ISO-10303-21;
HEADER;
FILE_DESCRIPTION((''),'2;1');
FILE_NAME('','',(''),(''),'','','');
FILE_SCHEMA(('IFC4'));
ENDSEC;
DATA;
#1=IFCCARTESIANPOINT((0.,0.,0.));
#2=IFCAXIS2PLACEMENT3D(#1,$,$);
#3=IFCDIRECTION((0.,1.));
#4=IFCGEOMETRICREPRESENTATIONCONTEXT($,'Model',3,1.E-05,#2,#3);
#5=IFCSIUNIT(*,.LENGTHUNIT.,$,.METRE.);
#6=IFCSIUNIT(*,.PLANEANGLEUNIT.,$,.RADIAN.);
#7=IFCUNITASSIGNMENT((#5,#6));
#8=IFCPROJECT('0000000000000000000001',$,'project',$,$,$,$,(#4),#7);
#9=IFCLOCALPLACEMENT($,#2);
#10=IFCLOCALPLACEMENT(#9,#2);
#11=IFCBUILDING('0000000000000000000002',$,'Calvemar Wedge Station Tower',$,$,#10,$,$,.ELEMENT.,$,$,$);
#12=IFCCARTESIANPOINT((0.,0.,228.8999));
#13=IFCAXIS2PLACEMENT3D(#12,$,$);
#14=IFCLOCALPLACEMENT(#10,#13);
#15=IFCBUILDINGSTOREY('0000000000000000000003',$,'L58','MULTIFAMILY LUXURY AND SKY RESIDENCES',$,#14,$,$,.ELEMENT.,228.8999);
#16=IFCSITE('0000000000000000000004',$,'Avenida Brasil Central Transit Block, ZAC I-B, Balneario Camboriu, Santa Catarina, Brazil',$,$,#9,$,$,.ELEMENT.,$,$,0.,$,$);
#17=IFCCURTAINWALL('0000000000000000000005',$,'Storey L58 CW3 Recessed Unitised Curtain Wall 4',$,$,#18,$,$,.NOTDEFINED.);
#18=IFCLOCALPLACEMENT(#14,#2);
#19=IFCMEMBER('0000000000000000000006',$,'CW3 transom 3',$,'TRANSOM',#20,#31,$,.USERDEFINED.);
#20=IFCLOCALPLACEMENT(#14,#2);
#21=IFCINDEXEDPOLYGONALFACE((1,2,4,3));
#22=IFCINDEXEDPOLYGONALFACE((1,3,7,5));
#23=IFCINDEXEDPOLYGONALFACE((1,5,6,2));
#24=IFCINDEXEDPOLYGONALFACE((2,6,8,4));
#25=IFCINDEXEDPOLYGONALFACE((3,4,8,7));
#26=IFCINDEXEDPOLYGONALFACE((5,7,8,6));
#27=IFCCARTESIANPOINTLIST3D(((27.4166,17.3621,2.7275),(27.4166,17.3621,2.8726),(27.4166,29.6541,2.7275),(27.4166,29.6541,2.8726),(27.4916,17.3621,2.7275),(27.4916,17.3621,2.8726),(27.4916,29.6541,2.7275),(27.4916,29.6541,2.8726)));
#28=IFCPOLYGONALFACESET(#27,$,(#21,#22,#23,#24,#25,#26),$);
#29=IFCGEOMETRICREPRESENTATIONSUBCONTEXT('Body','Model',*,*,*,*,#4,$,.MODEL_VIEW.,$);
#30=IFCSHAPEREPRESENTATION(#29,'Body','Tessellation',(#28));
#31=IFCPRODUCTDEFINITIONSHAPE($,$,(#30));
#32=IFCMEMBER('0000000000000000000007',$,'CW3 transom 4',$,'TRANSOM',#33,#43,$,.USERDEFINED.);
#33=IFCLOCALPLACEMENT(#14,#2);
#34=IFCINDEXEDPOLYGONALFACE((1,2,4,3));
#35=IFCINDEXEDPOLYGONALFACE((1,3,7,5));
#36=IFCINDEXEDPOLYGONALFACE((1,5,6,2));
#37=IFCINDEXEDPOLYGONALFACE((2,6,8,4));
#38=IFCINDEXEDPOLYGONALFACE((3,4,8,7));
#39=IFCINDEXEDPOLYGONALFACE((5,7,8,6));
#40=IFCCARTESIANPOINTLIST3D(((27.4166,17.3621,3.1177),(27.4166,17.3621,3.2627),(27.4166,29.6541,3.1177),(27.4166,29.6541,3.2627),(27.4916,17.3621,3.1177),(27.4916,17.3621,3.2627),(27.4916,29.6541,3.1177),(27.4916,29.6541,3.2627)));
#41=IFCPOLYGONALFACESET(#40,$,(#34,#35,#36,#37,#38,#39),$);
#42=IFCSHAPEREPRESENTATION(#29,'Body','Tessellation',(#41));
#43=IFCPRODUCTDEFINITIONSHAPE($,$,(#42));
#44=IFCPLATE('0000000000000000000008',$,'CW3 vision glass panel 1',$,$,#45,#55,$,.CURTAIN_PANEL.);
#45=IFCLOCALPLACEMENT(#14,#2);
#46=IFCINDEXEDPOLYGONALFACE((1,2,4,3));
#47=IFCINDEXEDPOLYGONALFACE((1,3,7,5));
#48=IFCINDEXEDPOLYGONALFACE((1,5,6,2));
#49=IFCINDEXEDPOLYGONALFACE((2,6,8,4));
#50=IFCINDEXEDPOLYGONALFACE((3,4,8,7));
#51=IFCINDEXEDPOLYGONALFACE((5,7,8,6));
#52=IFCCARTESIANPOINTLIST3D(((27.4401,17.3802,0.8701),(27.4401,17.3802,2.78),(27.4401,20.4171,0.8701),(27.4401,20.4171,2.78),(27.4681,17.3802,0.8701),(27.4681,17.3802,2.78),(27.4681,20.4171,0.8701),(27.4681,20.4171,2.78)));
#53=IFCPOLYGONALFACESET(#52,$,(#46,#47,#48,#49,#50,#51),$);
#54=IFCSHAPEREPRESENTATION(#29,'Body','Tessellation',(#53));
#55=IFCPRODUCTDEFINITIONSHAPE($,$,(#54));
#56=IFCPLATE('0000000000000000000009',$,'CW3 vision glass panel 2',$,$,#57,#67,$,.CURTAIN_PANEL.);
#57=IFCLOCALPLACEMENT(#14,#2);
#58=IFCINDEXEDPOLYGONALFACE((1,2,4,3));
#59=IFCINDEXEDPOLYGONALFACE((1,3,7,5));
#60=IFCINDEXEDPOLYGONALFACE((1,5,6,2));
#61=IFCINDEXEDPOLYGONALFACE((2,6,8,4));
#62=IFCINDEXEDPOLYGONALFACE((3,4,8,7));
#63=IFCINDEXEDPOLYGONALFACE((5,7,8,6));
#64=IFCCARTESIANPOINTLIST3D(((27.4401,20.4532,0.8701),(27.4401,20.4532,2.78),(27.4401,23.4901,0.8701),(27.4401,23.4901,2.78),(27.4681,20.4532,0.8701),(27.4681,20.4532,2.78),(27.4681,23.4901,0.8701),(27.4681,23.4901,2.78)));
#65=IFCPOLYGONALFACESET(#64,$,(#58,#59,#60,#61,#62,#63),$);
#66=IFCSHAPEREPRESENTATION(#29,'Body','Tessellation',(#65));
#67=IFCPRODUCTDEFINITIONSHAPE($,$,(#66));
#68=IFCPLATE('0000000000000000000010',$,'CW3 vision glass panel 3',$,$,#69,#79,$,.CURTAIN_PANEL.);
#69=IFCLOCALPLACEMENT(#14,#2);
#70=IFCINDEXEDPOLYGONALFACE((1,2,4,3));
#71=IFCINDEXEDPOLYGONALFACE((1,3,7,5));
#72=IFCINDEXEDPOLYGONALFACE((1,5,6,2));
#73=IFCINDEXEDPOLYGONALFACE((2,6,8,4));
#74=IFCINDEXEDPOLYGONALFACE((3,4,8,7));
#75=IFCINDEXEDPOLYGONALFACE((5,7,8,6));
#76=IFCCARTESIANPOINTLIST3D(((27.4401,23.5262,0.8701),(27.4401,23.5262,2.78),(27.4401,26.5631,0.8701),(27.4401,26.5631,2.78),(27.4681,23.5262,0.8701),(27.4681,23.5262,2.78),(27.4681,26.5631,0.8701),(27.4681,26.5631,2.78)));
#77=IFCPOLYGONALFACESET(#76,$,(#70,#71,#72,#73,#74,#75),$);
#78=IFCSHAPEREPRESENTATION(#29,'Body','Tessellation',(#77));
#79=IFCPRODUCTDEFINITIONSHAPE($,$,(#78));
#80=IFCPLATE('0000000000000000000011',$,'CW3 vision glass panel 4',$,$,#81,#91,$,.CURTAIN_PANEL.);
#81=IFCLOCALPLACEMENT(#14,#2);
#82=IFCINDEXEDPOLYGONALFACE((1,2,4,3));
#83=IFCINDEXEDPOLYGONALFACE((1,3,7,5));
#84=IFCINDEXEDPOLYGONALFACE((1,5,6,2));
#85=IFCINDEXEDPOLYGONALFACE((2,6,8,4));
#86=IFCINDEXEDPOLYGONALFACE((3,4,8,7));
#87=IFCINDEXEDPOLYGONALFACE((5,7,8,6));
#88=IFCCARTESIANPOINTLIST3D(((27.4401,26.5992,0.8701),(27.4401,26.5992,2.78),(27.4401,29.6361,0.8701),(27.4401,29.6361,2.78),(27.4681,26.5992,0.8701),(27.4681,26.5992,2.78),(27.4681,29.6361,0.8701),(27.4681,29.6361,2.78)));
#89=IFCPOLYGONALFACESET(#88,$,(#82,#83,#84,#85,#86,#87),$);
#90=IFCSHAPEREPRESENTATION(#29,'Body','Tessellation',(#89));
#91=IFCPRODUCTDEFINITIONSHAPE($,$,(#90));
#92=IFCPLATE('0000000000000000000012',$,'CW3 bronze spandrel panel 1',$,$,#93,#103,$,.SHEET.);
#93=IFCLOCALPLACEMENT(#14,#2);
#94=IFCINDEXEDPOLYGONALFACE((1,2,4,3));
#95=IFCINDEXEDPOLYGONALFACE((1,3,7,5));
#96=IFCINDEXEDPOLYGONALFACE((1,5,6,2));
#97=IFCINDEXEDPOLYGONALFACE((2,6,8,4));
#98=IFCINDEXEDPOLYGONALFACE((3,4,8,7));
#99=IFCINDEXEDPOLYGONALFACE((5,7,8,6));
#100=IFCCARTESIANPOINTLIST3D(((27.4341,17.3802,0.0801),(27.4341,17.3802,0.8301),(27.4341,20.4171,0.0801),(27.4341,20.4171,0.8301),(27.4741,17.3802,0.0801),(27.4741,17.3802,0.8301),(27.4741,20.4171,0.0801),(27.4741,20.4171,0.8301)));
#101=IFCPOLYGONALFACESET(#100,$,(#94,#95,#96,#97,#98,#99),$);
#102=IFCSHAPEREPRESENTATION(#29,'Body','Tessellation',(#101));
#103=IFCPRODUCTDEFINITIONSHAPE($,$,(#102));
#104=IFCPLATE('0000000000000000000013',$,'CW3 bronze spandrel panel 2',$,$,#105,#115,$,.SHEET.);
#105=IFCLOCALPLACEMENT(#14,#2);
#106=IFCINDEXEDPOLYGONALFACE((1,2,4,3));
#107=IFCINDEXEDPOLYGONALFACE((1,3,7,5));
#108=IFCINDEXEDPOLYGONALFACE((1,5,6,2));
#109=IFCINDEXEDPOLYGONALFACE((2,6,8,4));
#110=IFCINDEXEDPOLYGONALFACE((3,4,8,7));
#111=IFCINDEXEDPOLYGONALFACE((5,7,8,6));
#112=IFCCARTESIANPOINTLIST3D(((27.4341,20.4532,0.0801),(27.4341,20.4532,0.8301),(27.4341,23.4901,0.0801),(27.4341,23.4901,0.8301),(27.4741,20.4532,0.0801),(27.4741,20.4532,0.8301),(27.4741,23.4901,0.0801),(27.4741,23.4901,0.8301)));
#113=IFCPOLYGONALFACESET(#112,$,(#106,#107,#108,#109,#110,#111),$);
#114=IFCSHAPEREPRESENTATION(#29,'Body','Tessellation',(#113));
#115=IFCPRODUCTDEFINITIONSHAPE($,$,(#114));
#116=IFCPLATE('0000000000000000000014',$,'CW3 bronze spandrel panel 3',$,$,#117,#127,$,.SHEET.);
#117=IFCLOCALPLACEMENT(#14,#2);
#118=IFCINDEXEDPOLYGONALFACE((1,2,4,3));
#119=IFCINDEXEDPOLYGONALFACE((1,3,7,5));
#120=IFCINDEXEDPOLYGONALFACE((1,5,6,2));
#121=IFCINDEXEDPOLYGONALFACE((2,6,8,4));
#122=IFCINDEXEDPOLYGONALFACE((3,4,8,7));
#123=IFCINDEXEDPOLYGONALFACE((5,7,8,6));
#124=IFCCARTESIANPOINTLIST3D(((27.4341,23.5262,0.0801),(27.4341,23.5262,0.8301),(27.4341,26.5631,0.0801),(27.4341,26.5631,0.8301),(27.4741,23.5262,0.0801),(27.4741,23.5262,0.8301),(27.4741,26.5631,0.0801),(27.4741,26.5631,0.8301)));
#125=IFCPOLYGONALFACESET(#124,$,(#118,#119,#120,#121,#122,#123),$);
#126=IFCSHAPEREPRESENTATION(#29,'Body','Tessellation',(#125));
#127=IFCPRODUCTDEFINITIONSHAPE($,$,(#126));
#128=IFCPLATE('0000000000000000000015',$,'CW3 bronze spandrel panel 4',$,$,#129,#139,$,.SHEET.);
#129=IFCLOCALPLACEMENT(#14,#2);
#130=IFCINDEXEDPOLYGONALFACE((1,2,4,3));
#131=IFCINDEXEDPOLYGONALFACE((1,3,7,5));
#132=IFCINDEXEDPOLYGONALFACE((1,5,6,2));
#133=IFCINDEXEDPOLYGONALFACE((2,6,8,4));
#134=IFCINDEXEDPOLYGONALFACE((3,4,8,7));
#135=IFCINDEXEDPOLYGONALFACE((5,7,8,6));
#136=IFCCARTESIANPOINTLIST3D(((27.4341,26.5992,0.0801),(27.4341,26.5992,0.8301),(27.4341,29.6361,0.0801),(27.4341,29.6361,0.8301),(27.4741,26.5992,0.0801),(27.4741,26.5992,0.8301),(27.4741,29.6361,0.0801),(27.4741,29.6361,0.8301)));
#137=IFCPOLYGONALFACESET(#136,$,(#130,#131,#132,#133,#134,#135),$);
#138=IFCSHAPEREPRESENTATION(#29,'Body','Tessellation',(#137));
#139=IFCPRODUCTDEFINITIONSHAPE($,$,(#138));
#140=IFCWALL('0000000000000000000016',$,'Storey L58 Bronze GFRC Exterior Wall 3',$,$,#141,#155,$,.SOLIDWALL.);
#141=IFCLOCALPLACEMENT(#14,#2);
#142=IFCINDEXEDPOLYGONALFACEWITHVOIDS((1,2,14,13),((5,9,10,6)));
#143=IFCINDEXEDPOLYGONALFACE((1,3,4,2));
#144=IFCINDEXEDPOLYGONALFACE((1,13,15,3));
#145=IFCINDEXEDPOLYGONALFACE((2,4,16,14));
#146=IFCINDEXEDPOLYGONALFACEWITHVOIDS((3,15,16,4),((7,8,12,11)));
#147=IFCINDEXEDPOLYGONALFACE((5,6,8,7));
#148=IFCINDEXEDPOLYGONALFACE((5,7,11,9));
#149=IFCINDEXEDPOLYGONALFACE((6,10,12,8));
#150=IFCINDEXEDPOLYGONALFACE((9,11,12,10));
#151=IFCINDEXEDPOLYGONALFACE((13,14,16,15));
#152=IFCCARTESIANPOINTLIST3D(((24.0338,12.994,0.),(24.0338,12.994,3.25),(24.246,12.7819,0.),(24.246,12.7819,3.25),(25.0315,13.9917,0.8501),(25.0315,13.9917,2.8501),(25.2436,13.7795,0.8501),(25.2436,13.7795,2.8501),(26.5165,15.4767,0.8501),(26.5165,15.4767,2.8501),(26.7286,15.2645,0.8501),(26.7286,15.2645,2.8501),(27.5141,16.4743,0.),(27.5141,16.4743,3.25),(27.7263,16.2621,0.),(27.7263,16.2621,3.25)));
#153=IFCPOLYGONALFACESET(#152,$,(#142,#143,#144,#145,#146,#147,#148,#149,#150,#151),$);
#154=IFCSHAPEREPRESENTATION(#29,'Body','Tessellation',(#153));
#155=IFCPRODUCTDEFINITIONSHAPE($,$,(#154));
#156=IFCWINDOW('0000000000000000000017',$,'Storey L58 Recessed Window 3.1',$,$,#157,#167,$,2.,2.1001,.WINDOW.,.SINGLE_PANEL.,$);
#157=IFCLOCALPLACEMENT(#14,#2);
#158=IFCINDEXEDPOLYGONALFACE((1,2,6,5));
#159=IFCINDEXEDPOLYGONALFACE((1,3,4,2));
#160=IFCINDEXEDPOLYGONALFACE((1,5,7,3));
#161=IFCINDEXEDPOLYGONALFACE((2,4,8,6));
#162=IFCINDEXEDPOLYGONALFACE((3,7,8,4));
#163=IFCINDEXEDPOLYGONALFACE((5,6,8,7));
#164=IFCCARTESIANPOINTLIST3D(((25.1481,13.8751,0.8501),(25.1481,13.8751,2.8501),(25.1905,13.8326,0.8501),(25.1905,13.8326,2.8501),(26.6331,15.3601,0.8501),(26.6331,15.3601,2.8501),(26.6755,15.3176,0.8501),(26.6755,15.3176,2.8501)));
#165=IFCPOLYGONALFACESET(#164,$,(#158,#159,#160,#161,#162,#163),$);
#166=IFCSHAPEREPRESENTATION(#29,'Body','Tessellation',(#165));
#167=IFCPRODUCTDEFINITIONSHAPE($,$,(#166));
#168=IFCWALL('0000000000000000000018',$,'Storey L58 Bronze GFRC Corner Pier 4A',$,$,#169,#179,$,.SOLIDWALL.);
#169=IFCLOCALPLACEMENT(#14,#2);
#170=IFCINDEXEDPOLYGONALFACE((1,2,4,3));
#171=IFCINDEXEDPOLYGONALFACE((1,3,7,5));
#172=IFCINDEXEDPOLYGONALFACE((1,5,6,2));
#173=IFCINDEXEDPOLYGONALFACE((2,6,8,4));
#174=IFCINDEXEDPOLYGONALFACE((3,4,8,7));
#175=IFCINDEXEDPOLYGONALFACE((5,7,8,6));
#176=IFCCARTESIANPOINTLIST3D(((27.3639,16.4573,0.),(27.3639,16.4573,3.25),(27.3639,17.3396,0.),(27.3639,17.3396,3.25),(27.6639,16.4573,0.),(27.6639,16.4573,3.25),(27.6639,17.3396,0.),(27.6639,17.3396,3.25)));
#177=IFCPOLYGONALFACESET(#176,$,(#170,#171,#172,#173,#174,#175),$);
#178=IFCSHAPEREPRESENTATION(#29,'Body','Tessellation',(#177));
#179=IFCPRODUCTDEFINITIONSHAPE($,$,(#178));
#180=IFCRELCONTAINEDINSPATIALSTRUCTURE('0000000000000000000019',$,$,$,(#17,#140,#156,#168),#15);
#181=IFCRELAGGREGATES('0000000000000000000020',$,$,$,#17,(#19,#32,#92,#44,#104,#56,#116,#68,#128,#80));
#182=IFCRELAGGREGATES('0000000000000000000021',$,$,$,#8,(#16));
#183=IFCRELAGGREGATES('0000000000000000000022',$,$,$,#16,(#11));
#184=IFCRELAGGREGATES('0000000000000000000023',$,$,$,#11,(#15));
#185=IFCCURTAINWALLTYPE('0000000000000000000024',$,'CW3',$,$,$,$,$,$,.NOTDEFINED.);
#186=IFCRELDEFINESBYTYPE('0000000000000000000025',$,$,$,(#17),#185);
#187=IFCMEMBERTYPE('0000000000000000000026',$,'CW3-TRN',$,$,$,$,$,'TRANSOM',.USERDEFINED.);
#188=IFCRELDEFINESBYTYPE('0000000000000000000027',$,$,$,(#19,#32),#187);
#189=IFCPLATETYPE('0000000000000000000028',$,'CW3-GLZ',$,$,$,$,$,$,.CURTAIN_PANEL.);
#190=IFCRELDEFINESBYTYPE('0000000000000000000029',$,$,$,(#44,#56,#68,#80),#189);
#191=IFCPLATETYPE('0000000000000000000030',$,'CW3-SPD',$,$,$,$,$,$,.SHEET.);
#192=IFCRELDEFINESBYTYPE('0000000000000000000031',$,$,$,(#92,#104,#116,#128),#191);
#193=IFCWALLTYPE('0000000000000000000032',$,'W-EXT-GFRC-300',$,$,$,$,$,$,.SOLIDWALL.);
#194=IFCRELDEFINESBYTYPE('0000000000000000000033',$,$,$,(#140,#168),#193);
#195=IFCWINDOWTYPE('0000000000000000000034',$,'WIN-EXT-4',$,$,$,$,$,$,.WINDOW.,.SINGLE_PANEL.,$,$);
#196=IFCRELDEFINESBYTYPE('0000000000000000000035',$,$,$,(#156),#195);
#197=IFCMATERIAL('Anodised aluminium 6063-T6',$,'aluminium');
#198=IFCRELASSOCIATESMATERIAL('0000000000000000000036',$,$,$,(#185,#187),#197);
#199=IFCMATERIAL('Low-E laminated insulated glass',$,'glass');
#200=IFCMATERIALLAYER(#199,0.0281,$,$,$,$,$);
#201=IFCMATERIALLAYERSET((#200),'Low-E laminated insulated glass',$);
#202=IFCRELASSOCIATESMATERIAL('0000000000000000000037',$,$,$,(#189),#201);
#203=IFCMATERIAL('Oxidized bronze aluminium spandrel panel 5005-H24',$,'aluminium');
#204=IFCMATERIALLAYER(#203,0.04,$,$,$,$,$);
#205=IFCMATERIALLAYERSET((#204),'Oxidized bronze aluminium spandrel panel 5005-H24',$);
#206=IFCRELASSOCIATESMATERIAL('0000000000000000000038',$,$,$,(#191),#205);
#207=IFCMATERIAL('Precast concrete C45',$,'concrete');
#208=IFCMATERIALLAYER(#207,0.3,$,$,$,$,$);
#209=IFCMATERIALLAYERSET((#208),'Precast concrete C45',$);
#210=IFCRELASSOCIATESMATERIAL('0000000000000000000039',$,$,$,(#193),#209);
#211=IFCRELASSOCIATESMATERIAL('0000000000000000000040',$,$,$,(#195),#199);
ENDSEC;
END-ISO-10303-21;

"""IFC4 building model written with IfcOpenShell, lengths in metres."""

from ifc_helpers import new_model, si_unit, direction, frame, frame_2d, origin, origin_2d, place, context, subcontext, project, spatial, rectangle, extrude, source, transform, mapped, material, layer, layer_set, material_profile, profile_set, type_object, element, fill, aggregate, save


model = new_model("IFC4")

# Units and contexts
model_context = context("Model", 3, precision=1e-05, world=origin(), true_north=direction((0.0, 1.0)))
body_context = subcontext(model_context, "Body", "Model", "MODEL_VIEW")
ifc_project = project(units=[si_unit("LENGTHUNIT", "METRE"), si_unit("PLANEANGLEUNIT", "RADIAN")], contexts=[model_context])

# Site, building, storey
site_placement = place(None, origin())
site = spatial("IfcSite", under=ifc_project, at=site_placement, Name="Avenida Brasil Central Transit Block, ZAC I-B, Balneario Camboriu, Santa Catarina, Brazil", CompositionType="ELEMENT", RefElevation=0.0)
building_placement = place(site_placement, origin())
building = spatial("IfcBuilding", under=site, at=building_placement, Name="Calvemar Wedge Station Tower", CompositionType="ELEMENT")
storey_placement = place(building_placement, frame((0.0, 0.0, 228.8999)))
storey = spatial("IfcBuildingStorey", under=building, at=storey_placement, Name="L58", Description="MULTIFAMILY LUXURY AND SKY RESIDENCES", CompositionType="ELEMENT", Elevation=228.8999)

# Curtain wall, members, plates
ifc_material_1 = material(Name="Anodised aluminium 6063-T6", Category="aluminium")
curtain_wall_type = type_object("IfcCurtainWallType", Name="CW3", PredefinedType="NOTDEFINED", material=ifc_material_1)
curtain_wall_placement = place(storey_placement, origin())
curtain_wall = element("IfcCurtainWall", 1, at=curtain_wall_placement, inside=storey, type_object=curtain_wall_type, Name="Storey L58 CW3 Recessed Unitised Curtain Wall 4", PredefinedType="NOTDEFINED")
ifc_material_profile_1 = material_profile(ifc_material_1, rectangle(XDim=0.075, YDim=0.145, at=origin_2d()), Name="AL-TRN-75x145")
ifc_profile_set_1 = profile_set([ifc_material_profile_1], Name="Anodised aluminium 6063-T6")
member_type_1 = type_object("IfcMemberType", Name="CW3-TRN", ElementType="TRANSOM", PredefinedType="USERDEFINED", material=ifc_profile_set_1)
shared_shape_1 = source(origin(), body_context, "Body", "SweptSolid", [
    extrude(rectangle(XDim=0.075, YDim=0.145, at=origin_2d()), origin(), (0.0, 0.0, 1.0), 12.292),
])
member_1_placement = place(storey_placement, frame((27.4541, 17.3621, 2.8), z_axis=(0.0, 1.0, 0.0), x_axis=(-1.0, 0.0, 0.0)))
member_1 = element("IfcMember", 2, at=member_1_placement, type_object=member_type_1, Name="CW3 transom 3", ObjectType="TRANSOM", PredefinedType="USERDEFINED", context=body_context, shape_type="MappedRepresentation", body=[
    mapped(shared_shape_1, transform((0.0, 0.0, 0.0), scale=1.0)),
])
member_2_placement = place(storey_placement, frame((27.4541, 17.3621, 3.1902), z_axis=(0.0, 1.0, 0.0), x_axis=(-1.0, 0.0, 0.0)))
member_2 = element("IfcMember", 3, at=member_2_placement, type_object=member_type_1, Name="CW3 transom 4", ObjectType="TRANSOM", PredefinedType="USERDEFINED", context=body_context, shape_type="MappedRepresentation", body=[
    mapped(shared_shape_1, transform((0.0, 0.0, 0.0), scale=1.0)),
])
ifc_material_2 = material(Name="Low-E laminated insulated glass", Category="glass")
ifc_layer_1 = layer(ifc_material_2, 0.0281)
ifc_layer_set_1 = layer_set([ifc_layer_1], Name="Low-E laminated insulated glass")
plate_type_1 = type_object("IfcPlateType", Name="CW3-GLZ", PredefinedType="CURTAIN_PANEL", material=ifc_layer_set_1)
plate_1_placement = place(storey_placement, frame((27.4541, 17.3801, 0.8701), z_axis=(0.0, 0.0, 1.0), x_axis=(0.0, 1.0, 0.0)))
plate_1 = element("IfcPlate", 4, at=plate_1_placement, type_object=plate_type_1, Name="CW3 vision glass panel 1", PredefinedType="CURTAIN_PANEL", context=body_context, shape_type="SweptSolid", body=[
    extrude(rectangle(XDim=3.0369, YDim=0.0281, at=frame_2d((1.5186, 0.0))), origin(), (0.0, 0.0, 1.0), 1.9099),
])
plate_2_placement = place(storey_placement, frame((27.4541, 20.4531, 0.8701), z_axis=(0.0, 0.0, 1.0), x_axis=(0.0, 1.0, 0.0)))
plate_2 = element("IfcPlate", 5, at=plate_2_placement, type_object=plate_type_1, Name="CW3 vision glass panel 2", PredefinedType="CURTAIN_PANEL", context=body_context, shape_type="SweptSolid", body=[
    extrude(rectangle(XDim=3.0369, YDim=0.0281, at=frame_2d((1.5186, 0.0))), origin(), (0.0, 0.0, 1.0), 1.9099),
])
plate_3_placement = place(storey_placement, frame((27.4541, 23.5261, 0.8701), z_axis=(0.0, 0.0, 1.0), x_axis=(0.0, 1.0, 0.0)))
plate_3 = element("IfcPlate", 6, at=plate_3_placement, type_object=plate_type_1, Name="CW3 vision glass panel 3", PredefinedType="CURTAIN_PANEL", context=body_context, shape_type="SweptSolid", body=[
    extrude(rectangle(XDim=3.0369, YDim=0.0281, at=frame_2d((1.5186, 0.0))), origin(), (0.0, 0.0, 1.0), 1.9099),
])
plate_4_placement = place(storey_placement, frame((27.4541, 26.5991, 0.8701), z_axis=(0.0, 0.0, 1.0), x_axis=(0.0, 1.0, 0.0)))
plate_4 = element("IfcPlate", 7, at=plate_4_placement, type_object=plate_type_1, Name="CW3 vision glass panel 4", PredefinedType="CURTAIN_PANEL", context=body_context, shape_type="SweptSolid", body=[
    extrude(rectangle(XDim=3.0369, YDim=0.0281, at=frame_2d((1.5186, 0.0))), origin(), (0.0, 0.0, 1.0), 1.9099),
])
ifc_material_3 = material(Name="Oxidized bronze aluminium spandrel panel 5005-H24", Category="aluminium")
ifc_layer_2 = layer(ifc_material_3, 0.04)
ifc_layer_set_2 = layer_set([ifc_layer_2], Name="Oxidized bronze aluminium spandrel panel 5005-H24")
plate_type_2 = type_object("IfcPlateType", Name="CW3-SPD", PredefinedType="SHEET", material=ifc_layer_set_2)
plate_5_placement = place(storey_placement, frame((27.4541, 17.3801, 0.0801), z_axis=(0.0, 0.0, 1.0), x_axis=(0.0, 1.0, 0.0)))
plate_5 = element("IfcPlate", 8, at=plate_5_placement, type_object=plate_type_2, Name="CW3 bronze spandrel panel 1", PredefinedType="SHEET", context=body_context, shape_type="SweptSolid", body=[
    extrude(rectangle(XDim=3.0369, YDim=0.04, at=frame_2d((1.5186, 0.0))), origin(), (0.0, 0.0, 1.0), 0.75),
])
plate_6_placement = place(storey_placement, frame((27.4541, 20.4531, 0.0801), z_axis=(0.0, 0.0, 1.0), x_axis=(0.0, 1.0, 0.0)))
plate_6 = element("IfcPlate", 9, at=plate_6_placement, type_object=plate_type_2, Name="CW3 bronze spandrel panel 2", PredefinedType="SHEET", context=body_context, shape_type="SweptSolid", body=[
    extrude(rectangle(XDim=3.0369, YDim=0.04, at=frame_2d((1.5186, 0.0))), origin(), (0.0, 0.0, 1.0), 0.75),
])
plate_7_placement = place(storey_placement, frame((27.4541, 23.5261, 0.0801), z_axis=(0.0, 0.0, 1.0), x_axis=(0.0, 1.0, 0.0)))
plate_7 = element("IfcPlate", 10, at=plate_7_placement, type_object=plate_type_2, Name="CW3 bronze spandrel panel 3", PredefinedType="SHEET", context=body_context, shape_type="SweptSolid", body=[
    extrude(rectangle(XDim=3.0369, YDim=0.04, at=frame_2d((1.5186, 0.0))), origin(), (0.0, 0.0, 1.0), 0.75),
])
plate_8_placement = place(storey_placement, frame((27.4541, 26.5991, 0.0801), z_axis=(0.0, 0.0, 1.0), x_axis=(0.0, 1.0, 0.0)))
plate_8 = element("IfcPlate", 11, at=plate_8_placement, type_object=plate_type_2, Name="CW3 bronze spandrel panel 4", PredefinedType="SHEET", context=body_context, shape_type="SweptSolid", body=[
    extrude(rectangle(XDim=3.0369, YDim=0.04, at=frame_2d((1.5186, 0.0))), origin(), (0.0, 0.0, 1.0), 0.75),
])
aggregate(curtain_wall, [member_1, member_2, plate_5, plate_1, plate_6, plate_2, plate_7, plate_3, plate_8, plate_4])

# Wall, opening, window
ifc_material_4 = material(Name="Precast concrete C45", Category="concrete")
ifc_layer_3 = layer(ifc_material_4, 0.3)
ifc_layer_set_3 = layer_set([ifc_layer_3], Name="Precast concrete C45")
wall_type_1 = type_object("IfcWallType", Name="W-EXT-GFRC-300", PredefinedType="SOLIDWALL", material=ifc_layer_set_3)
wall_1_placement = place(storey_placement, frame((24.1399, 12.8879, 0.0), z_axis=(0.0, 0.0, 1.0), x_axis=(0.707107, 0.707107, 0.0)))
wall_1 = element("IfcWall", 12, at=wall_1_placement, inside=storey, type_object=wall_type_1, Name="Storey L58 Bronze GFRC Exterior Wall 3", PredefinedType="SOLIDWALL", context=body_context, shape_type="SweptSolid", body=[
    extrude(rectangle(XDim=4.9219, YDim=0.3, at=frame_2d((2.4609, 0.0))), origin(), (0.0, 0.0, 1.0), 3.25),
])
shared_shape_2 = source(origin(), body_context, "Body", "SweptSolid", [
    extrude(rectangle(XDim=2.1001, YDim=2.0, at=frame_2d((1.05, 1.0))), frame((0.0, 0.1602, 0.0), z_axis=(0.0, -1.0, 0.0), x_axis=(1.0, 0.0, 0.0)), (0.0, 0.0, 1.0), 0.3201),
])
opening_placement = place(wall_1_placement, frame((1.4109, 0.0, 0.8501)))
opening = element("IfcOpeningElement", 13, at=opening_placement, cuts=wall_1, PredefinedType="OPENING", context=body_context, shape_type="MappedRepresentation", body=[
    mapped(shared_shape_2, transform((0.0, 0.0, 0.0), scale=1.0)),
])
window_type = type_object("IfcWindowType", Name="WIN-EXT-4", PartitioningType="SINGLE_PANEL", PredefinedType="WINDOW", material=ifc_material_2)
shared_shape_3 = source(origin(), body_context, "Body", "SweptSolid", [
    extrude(rectangle(XDim=2.1001, YDim=2.0, at=frame_2d((1.05, 1.0))), frame((0.0, -0.0149, 0.0), z_axis=(0.0, -1.0, 0.0), x_axis=(1.0, 0.0, 0.0)), (0.0, 0.0, 1.0), 0.0601),
])
window_placement = place(opening_placement, origin())
window = element("IfcWindow", 14, at=window_placement, inside=storey, type_object=window_type, Name="Storey L58 Recessed Window 3.1", OverallHeight=2.0, OverallWidth=2.1001, PartitioningType="SINGLE_PANEL", PredefinedType="WINDOW", context=body_context, shape_type="MappedRepresentation", body=[
    mapped(shared_shape_3, transform((0.0, 0.0, 0.0), scale=1.0)),
])
fill(opening, window)

# Wall
wall_2_placement = place(storey_placement, frame((27.5139, 16.4573, 0.0), z_axis=(0.0, 0.0, 1.0), x_axis=(0.0, 1.0, 0.0)))
element("IfcWall", 15, at=wall_2_placement, inside=storey, type_object=wall_type_1, Name="Storey L58 Bronze GFRC Corner Pier 4A", PredefinedType="SOLIDWALL", context=body_context, shape_type="SweptSolid", body=[
    extrude(rectangle(XDim=0.8823, YDim=0.3, at=frame_2d((0.4412, 0.0))), origin(), (0.0, 0.0, 1.0), 3.25),
])

save(model, "model.ifc")
